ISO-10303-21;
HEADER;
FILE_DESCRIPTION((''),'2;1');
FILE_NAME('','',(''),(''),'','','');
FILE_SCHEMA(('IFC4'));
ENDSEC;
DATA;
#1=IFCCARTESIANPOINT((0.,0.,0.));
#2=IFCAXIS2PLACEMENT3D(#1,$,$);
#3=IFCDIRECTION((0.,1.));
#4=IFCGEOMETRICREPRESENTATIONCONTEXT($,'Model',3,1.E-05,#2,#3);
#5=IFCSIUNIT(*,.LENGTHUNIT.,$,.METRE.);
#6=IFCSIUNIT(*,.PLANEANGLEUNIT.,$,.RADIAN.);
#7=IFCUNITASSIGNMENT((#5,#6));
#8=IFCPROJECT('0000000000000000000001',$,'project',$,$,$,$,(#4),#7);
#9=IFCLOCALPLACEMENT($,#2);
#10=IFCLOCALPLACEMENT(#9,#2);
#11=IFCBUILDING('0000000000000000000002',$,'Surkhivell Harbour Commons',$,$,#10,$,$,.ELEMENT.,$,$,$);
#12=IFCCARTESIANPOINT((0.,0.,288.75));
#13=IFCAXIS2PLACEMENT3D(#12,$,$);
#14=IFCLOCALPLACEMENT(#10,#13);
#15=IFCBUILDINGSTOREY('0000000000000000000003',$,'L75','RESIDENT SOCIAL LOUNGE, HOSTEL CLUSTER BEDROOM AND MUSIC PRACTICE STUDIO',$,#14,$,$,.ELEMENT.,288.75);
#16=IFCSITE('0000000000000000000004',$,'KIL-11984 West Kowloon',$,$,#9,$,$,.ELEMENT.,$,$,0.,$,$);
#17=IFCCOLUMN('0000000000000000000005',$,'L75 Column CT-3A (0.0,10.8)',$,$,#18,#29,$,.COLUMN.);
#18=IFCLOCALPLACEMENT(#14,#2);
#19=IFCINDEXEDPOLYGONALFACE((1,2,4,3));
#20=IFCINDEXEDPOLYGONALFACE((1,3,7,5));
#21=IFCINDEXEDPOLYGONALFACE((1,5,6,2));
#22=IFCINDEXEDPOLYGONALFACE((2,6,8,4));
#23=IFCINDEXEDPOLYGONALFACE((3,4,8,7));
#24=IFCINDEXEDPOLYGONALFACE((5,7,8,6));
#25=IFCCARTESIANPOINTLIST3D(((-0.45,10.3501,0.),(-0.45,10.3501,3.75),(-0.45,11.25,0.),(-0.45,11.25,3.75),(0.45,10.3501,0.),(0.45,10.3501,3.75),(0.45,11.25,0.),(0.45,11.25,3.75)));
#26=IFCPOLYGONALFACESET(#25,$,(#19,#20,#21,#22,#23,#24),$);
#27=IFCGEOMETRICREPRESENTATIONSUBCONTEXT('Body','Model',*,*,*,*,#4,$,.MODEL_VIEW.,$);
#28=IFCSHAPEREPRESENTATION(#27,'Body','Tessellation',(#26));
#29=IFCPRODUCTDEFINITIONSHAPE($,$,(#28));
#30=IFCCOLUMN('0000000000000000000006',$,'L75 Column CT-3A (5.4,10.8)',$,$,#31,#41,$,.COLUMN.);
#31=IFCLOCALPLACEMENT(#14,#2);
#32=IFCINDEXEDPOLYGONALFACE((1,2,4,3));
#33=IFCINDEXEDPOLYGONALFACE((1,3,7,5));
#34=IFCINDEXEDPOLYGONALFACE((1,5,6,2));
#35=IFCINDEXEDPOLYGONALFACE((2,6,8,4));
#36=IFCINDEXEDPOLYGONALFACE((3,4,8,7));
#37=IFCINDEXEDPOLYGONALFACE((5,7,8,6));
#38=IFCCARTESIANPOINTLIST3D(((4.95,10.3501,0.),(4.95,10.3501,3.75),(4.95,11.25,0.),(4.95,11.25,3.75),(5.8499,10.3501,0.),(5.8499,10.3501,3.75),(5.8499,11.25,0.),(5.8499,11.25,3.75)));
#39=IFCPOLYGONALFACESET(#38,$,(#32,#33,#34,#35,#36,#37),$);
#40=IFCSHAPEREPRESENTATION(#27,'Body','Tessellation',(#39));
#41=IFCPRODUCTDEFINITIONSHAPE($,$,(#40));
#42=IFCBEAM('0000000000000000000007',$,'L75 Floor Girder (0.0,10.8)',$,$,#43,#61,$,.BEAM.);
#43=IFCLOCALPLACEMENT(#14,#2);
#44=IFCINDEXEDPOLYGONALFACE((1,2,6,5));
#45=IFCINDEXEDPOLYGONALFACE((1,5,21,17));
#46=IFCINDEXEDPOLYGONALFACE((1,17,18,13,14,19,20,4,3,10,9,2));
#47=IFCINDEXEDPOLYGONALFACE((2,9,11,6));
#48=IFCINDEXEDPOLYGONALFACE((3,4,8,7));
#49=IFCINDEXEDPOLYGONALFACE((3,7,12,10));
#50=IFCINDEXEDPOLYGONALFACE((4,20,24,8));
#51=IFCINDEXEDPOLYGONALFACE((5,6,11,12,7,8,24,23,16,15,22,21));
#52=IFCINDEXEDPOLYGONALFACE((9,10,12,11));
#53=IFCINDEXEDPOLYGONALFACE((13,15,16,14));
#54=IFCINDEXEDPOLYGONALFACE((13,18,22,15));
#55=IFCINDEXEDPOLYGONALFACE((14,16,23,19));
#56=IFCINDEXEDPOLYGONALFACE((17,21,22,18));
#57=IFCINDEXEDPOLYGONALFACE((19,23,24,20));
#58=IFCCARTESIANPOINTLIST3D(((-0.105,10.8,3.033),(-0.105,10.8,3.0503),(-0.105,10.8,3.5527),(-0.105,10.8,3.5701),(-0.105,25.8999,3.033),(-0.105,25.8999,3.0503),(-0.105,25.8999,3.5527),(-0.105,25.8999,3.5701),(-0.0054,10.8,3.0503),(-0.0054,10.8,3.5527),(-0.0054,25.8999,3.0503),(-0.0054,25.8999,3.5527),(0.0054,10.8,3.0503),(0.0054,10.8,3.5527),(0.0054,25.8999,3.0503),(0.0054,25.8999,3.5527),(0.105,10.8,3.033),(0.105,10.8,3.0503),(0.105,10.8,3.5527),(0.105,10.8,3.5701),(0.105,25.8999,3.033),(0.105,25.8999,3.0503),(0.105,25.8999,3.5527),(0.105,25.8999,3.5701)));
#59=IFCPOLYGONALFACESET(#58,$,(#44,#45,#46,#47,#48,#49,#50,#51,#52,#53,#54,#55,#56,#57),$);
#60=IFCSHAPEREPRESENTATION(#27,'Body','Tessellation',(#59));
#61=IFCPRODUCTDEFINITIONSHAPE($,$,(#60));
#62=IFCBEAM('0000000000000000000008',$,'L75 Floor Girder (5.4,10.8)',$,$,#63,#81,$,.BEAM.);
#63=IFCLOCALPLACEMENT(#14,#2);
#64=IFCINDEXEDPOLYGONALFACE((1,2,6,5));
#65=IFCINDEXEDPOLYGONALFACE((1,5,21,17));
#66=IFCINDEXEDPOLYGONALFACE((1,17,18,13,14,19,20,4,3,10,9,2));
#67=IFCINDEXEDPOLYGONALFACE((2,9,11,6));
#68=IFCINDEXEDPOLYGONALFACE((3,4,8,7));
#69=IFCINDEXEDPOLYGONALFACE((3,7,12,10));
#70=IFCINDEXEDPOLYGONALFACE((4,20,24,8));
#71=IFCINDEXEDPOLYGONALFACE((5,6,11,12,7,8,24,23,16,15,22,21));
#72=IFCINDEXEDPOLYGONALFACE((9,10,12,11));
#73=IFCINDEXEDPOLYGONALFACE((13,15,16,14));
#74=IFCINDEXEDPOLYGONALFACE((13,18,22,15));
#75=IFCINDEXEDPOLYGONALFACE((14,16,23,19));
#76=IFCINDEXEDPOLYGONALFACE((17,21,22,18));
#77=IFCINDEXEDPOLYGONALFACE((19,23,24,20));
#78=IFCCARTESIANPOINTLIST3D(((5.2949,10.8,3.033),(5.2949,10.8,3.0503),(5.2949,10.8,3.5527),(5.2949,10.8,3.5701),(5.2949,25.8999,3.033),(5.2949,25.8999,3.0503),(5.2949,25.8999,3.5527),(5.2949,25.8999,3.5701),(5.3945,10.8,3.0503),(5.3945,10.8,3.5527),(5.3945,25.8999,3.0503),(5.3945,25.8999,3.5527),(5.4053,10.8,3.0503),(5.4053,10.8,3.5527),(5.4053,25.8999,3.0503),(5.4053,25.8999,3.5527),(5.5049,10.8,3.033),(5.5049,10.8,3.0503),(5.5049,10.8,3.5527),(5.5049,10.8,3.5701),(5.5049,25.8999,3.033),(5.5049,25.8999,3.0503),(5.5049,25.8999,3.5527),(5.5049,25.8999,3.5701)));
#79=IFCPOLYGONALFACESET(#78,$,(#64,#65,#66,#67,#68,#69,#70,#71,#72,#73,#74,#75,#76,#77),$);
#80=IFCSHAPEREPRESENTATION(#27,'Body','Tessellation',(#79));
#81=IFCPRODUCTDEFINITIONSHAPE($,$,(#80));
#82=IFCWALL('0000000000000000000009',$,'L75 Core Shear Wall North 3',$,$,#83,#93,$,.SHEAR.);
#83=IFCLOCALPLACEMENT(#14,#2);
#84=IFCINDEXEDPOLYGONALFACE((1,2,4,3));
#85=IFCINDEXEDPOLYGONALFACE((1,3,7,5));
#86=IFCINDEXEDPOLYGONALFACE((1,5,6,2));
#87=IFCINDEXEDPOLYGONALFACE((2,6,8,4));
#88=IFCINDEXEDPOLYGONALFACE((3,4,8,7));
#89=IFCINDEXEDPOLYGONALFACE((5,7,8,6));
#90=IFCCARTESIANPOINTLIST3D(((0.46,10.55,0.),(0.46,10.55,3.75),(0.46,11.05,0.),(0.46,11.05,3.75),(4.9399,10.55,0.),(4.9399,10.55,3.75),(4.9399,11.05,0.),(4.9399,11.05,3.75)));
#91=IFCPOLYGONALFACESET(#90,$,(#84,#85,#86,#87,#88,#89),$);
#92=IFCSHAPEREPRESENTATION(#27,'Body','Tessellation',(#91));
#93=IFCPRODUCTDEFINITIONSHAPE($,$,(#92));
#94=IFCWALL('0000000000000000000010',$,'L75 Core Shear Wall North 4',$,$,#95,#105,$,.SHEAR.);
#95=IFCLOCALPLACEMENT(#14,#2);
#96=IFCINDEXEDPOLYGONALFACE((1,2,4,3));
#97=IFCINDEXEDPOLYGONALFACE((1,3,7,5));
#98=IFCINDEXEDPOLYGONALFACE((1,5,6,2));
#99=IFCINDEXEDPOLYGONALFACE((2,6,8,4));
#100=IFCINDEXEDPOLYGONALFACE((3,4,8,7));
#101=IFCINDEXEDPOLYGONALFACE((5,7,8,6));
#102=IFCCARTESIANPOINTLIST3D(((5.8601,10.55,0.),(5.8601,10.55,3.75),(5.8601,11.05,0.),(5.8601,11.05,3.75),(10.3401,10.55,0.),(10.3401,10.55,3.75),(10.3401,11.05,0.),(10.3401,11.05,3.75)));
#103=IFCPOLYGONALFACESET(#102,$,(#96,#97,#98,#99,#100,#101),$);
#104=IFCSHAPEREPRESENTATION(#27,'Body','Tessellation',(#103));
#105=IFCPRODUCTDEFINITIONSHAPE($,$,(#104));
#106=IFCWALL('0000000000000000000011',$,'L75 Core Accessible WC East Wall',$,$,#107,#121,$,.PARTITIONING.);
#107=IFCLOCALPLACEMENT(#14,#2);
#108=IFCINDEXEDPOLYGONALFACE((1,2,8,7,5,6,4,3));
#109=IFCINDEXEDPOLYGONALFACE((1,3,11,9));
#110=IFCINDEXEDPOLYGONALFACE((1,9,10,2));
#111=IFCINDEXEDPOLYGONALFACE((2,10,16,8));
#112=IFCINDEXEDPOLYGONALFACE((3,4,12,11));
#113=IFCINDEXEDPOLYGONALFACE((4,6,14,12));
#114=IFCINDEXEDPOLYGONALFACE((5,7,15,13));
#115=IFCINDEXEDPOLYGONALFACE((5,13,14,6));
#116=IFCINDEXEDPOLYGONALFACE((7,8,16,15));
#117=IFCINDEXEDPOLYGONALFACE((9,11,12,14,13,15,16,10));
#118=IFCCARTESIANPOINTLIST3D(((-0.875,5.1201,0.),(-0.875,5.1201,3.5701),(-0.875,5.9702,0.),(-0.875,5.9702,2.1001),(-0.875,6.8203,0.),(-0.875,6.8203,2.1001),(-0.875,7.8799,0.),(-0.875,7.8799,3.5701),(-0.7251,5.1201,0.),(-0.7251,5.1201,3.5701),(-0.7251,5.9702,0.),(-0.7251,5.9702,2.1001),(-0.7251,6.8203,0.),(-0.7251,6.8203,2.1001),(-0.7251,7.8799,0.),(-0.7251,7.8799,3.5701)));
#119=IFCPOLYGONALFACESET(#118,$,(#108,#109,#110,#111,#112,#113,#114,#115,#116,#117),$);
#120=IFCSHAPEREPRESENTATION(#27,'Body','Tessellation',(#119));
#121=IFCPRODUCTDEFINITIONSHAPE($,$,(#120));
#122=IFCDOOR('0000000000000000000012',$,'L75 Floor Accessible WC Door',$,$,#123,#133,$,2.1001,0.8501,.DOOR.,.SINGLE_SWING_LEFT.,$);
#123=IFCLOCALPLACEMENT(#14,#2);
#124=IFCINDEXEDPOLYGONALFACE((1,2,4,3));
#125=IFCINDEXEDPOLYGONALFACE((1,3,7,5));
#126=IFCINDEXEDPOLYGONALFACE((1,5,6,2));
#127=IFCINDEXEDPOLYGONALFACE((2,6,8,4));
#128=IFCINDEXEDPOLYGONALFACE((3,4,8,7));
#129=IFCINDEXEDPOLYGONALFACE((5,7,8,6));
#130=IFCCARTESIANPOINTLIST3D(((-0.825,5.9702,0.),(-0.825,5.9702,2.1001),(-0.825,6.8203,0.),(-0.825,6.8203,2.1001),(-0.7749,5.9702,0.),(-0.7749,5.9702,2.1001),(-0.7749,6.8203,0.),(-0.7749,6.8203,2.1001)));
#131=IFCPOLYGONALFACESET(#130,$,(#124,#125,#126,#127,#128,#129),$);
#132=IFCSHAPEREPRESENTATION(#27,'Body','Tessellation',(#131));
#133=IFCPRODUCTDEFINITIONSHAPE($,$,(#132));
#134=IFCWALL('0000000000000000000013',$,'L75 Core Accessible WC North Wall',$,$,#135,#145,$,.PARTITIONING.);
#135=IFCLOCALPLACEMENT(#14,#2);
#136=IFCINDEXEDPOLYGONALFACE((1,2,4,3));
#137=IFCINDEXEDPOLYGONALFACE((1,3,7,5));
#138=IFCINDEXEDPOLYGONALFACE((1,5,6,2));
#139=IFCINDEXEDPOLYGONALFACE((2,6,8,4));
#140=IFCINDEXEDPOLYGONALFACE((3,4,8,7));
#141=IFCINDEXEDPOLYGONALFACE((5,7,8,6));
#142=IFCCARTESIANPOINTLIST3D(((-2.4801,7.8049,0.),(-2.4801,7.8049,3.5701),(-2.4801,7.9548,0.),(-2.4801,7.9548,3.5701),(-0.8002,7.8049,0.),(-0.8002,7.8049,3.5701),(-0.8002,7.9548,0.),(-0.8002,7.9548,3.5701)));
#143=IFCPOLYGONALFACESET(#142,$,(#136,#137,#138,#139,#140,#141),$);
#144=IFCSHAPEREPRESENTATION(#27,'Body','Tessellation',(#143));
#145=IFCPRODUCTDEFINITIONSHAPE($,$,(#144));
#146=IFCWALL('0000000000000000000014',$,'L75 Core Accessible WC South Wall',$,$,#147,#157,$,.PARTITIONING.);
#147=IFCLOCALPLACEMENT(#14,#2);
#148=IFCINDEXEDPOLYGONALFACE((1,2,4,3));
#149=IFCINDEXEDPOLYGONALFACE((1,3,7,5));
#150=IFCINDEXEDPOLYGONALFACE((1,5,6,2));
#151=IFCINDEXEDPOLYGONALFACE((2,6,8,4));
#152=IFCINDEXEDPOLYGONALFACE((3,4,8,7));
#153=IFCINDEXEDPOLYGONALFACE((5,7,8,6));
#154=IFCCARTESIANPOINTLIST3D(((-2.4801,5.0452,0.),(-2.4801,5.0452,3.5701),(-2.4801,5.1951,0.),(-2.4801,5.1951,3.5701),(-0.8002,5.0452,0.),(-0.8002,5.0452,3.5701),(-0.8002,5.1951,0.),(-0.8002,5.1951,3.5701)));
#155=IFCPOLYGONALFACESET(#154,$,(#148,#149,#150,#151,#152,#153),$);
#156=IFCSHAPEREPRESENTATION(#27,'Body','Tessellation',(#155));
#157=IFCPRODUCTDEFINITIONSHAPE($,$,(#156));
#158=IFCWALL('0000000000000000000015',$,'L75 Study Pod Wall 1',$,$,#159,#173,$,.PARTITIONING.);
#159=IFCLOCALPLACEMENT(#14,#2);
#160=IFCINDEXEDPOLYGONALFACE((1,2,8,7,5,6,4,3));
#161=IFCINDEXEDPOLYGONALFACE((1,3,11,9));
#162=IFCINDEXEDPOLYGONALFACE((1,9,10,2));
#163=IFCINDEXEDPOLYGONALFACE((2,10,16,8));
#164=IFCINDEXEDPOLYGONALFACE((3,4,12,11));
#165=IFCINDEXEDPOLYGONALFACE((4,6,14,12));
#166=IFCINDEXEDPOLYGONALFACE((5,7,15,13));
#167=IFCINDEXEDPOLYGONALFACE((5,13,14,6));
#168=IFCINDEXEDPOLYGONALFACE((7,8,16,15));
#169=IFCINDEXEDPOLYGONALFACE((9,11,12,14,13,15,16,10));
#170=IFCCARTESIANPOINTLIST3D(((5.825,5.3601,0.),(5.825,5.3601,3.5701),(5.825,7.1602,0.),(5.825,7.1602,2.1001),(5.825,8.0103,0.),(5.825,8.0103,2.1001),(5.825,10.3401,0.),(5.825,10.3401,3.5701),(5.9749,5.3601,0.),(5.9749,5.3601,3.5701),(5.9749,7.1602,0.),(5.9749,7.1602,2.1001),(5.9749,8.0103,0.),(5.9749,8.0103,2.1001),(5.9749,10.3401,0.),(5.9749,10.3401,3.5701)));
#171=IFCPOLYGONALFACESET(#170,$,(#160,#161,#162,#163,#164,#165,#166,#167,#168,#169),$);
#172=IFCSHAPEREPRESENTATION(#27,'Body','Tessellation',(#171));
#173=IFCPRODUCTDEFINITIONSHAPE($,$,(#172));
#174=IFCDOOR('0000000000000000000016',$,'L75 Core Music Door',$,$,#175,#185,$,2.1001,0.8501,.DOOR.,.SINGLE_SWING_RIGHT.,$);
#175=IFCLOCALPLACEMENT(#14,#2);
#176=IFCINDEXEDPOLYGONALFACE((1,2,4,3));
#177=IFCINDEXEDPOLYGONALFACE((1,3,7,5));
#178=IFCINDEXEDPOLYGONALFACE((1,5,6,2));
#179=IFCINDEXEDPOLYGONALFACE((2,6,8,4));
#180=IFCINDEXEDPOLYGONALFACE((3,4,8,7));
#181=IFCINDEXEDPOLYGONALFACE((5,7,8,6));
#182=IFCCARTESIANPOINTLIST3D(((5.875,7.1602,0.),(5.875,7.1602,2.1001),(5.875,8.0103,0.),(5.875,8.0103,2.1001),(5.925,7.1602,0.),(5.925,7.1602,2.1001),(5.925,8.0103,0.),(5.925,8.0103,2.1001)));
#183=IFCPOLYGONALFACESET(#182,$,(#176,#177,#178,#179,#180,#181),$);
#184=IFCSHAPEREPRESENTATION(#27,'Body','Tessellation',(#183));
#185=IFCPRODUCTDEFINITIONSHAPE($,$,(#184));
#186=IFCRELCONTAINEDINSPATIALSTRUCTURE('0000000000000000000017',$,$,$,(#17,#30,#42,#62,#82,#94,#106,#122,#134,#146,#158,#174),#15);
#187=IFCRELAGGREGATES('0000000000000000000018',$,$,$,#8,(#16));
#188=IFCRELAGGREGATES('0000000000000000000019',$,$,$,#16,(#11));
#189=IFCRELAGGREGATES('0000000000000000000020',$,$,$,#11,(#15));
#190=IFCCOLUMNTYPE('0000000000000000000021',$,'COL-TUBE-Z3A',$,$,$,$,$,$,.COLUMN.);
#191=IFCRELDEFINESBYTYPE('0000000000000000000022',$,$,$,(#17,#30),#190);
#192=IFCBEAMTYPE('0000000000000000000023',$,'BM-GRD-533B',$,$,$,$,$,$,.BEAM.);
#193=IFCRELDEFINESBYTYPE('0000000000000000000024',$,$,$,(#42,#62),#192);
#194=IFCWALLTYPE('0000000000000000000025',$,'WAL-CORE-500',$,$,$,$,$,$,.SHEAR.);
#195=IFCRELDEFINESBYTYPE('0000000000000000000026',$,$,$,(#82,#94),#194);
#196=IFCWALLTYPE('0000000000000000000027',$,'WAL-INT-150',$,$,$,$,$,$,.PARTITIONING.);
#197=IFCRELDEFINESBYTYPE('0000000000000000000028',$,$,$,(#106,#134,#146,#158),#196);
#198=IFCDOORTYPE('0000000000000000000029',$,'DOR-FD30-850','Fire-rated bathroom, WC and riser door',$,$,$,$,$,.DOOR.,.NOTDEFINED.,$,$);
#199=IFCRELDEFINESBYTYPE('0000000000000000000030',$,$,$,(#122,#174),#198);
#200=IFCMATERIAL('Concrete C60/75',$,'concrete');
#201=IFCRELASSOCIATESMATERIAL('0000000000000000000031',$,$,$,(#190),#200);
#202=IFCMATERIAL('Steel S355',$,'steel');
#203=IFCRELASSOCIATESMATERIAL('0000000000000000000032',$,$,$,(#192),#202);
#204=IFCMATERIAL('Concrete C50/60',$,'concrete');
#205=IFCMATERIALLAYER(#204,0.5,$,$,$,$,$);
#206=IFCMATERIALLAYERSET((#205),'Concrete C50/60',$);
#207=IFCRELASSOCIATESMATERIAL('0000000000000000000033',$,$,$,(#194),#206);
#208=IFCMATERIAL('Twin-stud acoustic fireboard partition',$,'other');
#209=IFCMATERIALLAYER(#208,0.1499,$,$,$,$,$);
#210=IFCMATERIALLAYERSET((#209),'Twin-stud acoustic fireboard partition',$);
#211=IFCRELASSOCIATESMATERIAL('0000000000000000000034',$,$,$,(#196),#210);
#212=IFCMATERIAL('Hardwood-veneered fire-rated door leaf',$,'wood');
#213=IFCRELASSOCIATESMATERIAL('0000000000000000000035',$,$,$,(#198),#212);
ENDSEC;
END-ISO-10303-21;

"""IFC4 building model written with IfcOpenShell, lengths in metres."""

from ifc_helpers import new_model, si_unit, direction, frame, frame_2d, origin, origin_2d, place, context, subcontext, project, spatial, rectangle, i_section, extrude, material, layer, layer_set, material_profile, profile_set, type_object, element, fill, save


model = new_model("IFC4")

# Units and contexts
model_context = context("Model", 3, precision=1e-05, world=origin(), true_north=direction((0.0, 1.0)))
body_context = subcontext(model_context, "Body", "Model", "MODEL_VIEW")
ifc_project = project(units=[si_unit("LENGTHUNIT", "METRE"), si_unit("PLANEANGLEUNIT", "RADIAN")], contexts=[model_context])

# Site, building, storey
site_placement = place(None, origin())
site = spatial("IfcSite", under=ifc_project, at=site_placement, Name="KIL-11984 West Kowloon", CompositionType="ELEMENT", RefElevation=0.0)
building_placement = place(site_placement, origin())
building = spatial("IfcBuilding", under=site, at=building_placement, Name="Surkhivell Harbour Commons", CompositionType="ELEMENT")
storey_placement = place(building_placement, frame((0.0, 0.0, 288.75)))
storey = spatial("IfcBuildingStorey", under=building, at=storey_placement, Name="L75", Description="RESIDENT SOCIAL LOUNGE, HOSTEL CLUSTER BEDROOM AND MUSIC PRACTICE STUDIO", CompositionType="ELEMENT", Elevation=288.75)

# Columns
ifc_material_1 = material(Name="Concrete C60/75", Category="concrete")
ifc_material_profile_1 = material_profile(ifc_material_1, rectangle(XDim=0.8999, YDim=0.8999, at=origin_2d()), Name="RC-COL-900x900")
ifc_profile_set_1 = profile_set([ifc_material_profile_1], Name="Concrete C60/75")
column_type = type_object("IfcColumnType", Name="COL-TUBE-Z3A", PredefinedType="COLUMN", material=ifc_profile_set_1)
for number, where, z_axis, x_axis, name in (
    (1, (0.0, 10.8, 0.0), (0.0, 0.0, 1.0), (1.0, 0.0, 0.0), "L75 Column CT-3A (0.0,10.8)"),
    (2, (5.3999, 10.8, 0.0), (0.0, 0.0, 1.0), (1.0, 0.0, 0.0), "L75 Column CT-3A (5.4,10.8)"),
):
    element("IfcColumn", number, at=place(storey_placement, frame(where, z_axis=z_axis, x_axis=x_axis)), inside=storey, type_object=column_type, Name=name, PredefinedType="COLUMN", context=body_context, shape_type="SweptSolid", body=[
        extrude(rectangle(XDim=0.8999, YDim=0.8999, at=origin_2d()), origin(), (0.0, 0.0, 1.0), 3.75),
    ])

# Beams
ifc_material_2 = material(Name="Steel S355", Category="steel")
ifc_material_profile_2 = material_profile(ifc_material_2, i_section(OverallWidth=0.21, OverallDepth=0.5371, WebThickness=0.0107, FlangeThickness=0.0173, at=origin_2d()), Name="UB533x210x101")
ifc_profile_set_2 = profile_set([ifc_material_profile_2], Name="Steel S355")
beam_type = type_object("IfcBeamType", Name="BM-GRD-533B", PredefinedType="BEAM", material=ifc_profile_set_2)
for number, where, z_axis, x_axis, name in (
    (3, (0.0, 10.8, 3.3015), (0.0, 1.0, 0.0), (-1.0, 0.0, 0.0), "L75 Floor Girder (0.0,10.8)"),
    (4, (5.3999, 10.8, 3.3015), (0.0, 1.0, 0.0), (-1.0, 0.0, 0.0), "L75 Floor Girder (5.4,10.8)"),
):
    element("IfcBeam", number, at=place(storey_placement, frame(where, z_axis=z_axis, x_axis=x_axis)), inside=storey, type_object=beam_type, Name=name, PredefinedType="BEAM", context=body_context, shape_type="SweptSolid", body=[
        extrude(i_section(OverallWidth=0.21, OverallDepth=0.5371, WebThickness=0.0107, FlangeThickness=0.0173, at=origin_2d()), origin(), (0.0, 0.0, 1.0), 15.0999),
    ])

# Walls
ifc_material_3 = material(Name="Concrete C50/60", Category="concrete")
ifc_layer_1 = layer(ifc_material_3, 0.5)
ifc_layer_set_1 = layer_set([ifc_layer_1], Name="Concrete C50/60")
wall_type_1 = type_object("IfcWallType", Name="WAL-CORE-500", PredefinedType="SHEAR", material=ifc_layer_set_1)
for number, where, z_axis, x_axis, name in (
    (5, (0.46, 10.8, 0.0), (0.0, 0.0, 1.0), (1.0, 0.0, 0.0), "L75 Core Shear Wall North 3"),
    (6, (5.8601, 10.8, 0.0), (0.0, 0.0, 1.0), (1.0, 0.0, 0.0), "L75 Core Shear Wall North 4"),
):
    element("IfcWall", number, at=place(storey_placement, frame(where, z_axis=z_axis, x_axis=x_axis)), inside=storey, type_object=wall_type_1, Name=name, PredefinedType="SHEAR", context=body_context, shape_type="SweptSolid", body=[
        extrude(rectangle(XDim=4.48, YDim=0.5, at=frame_2d((2.24, 0.0))), origin(), (0.0, 0.0, 1.0), 3.75),
    ])

# Wall, opening, door
ifc_material_4 = material(Name="Twin-stud acoustic fireboard partition", Category="other")
ifc_layer_2 = layer(ifc_material_4, 0.1499)
ifc_layer_set_2 = layer_set([ifc_layer_2], Name="Twin-stud acoustic fireboard partition")
wall_type_2 = type_object("IfcWallType", Name="WAL-INT-150", PredefinedType="PARTITIONING", material=ifc_layer_set_2)
wall_1_placement = place(storey_placement, frame((-0.8, 5.1201, 0.0), z_axis=(0.0, 0.0, 1.0), x_axis=(0.0, 1.0, 0.0)))
wall_1 = element("IfcWall", 7, at=wall_1_placement, inside=storey, type_object=wall_type_2, Name="L75 Core Accessible WC East Wall", PredefinedType="PARTITIONING", context=body_context, shape_type="SweptSolid", body=[
    extrude(rectangle(XDim=2.7598, YDim=0.1499, at=frame_2d((1.3799, 0.0))), origin(), (0.0, 0.0, 1.0), 3.5701),
])
opening_1_placement = place(wall_1_placement, frame((0.8501, 0.0, 0.0)))
opening_1 = element("IfcOpeningElement", 8, at=opening_1_placement, cuts=wall_1, PredefinedType="OPENING", context=body_context, shape_type="SweptSolid", body=[
    extrude(rectangle(XDim=0.8501, YDim=2.1001, at=frame_2d((0.425, 1.05))), frame((0.0, 0.085, 0.0), z_axis=(0.0, -1.0, 0.0), x_axis=(1.0, 0.0, 0.0)), (0.0, 0.0, 1.0), 0.1699),
])
ifc_material_5 = material(Name="Hardwood-veneered fire-rated door leaf", Category="wood")
door_type_1 = type_object("IfcDoorType", Name="DOR-FD30-850", Description="Fire-rated bathroom, WC and riser door", OperationType="NOTDEFINED", PredefinedType="DOOR", material=ifc_material_5)
door_1_placement = place(opening_1_placement, origin())
door_1 = element("IfcDoor", 9, at=door_1_placement, inside=storey, type_object=door_type_1, Name="L75 Floor Accessible WC Door", OperationType="SINGLE_SWING_LEFT", OverallHeight=2.1001, OverallWidth=0.8501, PredefinedType="DOOR", context=body_context, shape_type="SweptSolid", body=[
    extrude(rectangle(XDim=0.8501, YDim=2.1001, at=frame_2d((0.425, 1.05))), frame((0.0, 0.0249, 0.0), z_axis=(0.0, -1.0, 0.0), x_axis=(1.0, 0.0, 0.0)), (0.0, 0.0, 1.0), 0.05),
])
fill(opening_1, door_1)

# Walls
for number, where, z_axis, x_axis, name in (
    (10, (-2.48, 7.8799, 0.0), (0.0, 0.0, 1.0), (1.0, 0.0, 0.0), "L75 Core Accessible WC North Wall"),
    (11, (-2.48, 5.1201, 0.0), (0.0, 0.0, 1.0), (1.0, 0.0, 0.0), "L75 Core Accessible WC South Wall"),
):
    element("IfcWall", number, at=place(storey_placement, frame(where, z_axis=z_axis, x_axis=x_axis)), inside=storey, type_object=wall_type_2, Name=name, PredefinedType="PARTITIONING", context=body_context, shape_type="SweptSolid", body=[
        extrude(rectangle(XDim=1.6799, YDim=0.1499, at=frame_2d((0.8398, 0.0))), origin(), (0.0, 0.0, 1.0), 3.5701),
    ])

# Wall, opening, door
wall_2_placement = place(storey_placement, frame((5.8999, 5.3601, 0.0), z_axis=(0.0, 0.0, 1.0), x_axis=(0.0, 1.0, 0.0)))
wall_2 = element("IfcWall", 12, at=wall_2_placement, inside=storey, type_object=wall_type_2, Name="L75 Study Pod Wall 1", PredefinedType="PARTITIONING", context=body_context, shape_type="SweptSolid", body=[
    extrude(rectangle(XDim=4.98, YDim=0.1499, at=frame_2d((2.49, 0.0))), origin(), (0.0, 0.0, 1.0), 3.5701),
])
opening_2_placement = place(wall_2_placement, frame((1.8, 0.0, 0.0)))
opening_2 = element("IfcOpeningElement", 13, at=opening_2_placement, cuts=wall_2, PredefinedType="OPENING", context=body_context, shape_type="SweptSolid", body=[
    extrude(rectangle(XDim=0.8501, YDim=2.1001, at=frame_2d((0.425, 1.05))), frame((0.0, 0.085, 0.0), z_axis=(0.0, -1.0, 0.0), x_axis=(1.0, 0.0, 0.0)), (0.0, 0.0, 1.0), 0.1699),
])
door_2_placement = place(opening_2_placement, origin())
door_2 = element("IfcDoor", 14, at=door_2_placement, inside=storey, type_object=door_type_1, Name="L75 Core Music Door", OperationType="SINGLE_SWING_RIGHT", OverallHeight=2.1001, OverallWidth=0.8501, PredefinedType="DOOR", context=body_context, shape_type="SweptSolid", body=[
    extrude(rectangle(XDim=0.8501, YDim=2.1001, at=frame_2d((0.425, 1.05))), frame((0.0, 0.0249, 0.0), z_axis=(0.0, -1.0, 0.0), x_axis=(1.0, 0.0, 0.0)), (0.0, 0.0, 1.0), 0.05),
])
fill(opening_2, door_2)

save(model, "model.ifc")
